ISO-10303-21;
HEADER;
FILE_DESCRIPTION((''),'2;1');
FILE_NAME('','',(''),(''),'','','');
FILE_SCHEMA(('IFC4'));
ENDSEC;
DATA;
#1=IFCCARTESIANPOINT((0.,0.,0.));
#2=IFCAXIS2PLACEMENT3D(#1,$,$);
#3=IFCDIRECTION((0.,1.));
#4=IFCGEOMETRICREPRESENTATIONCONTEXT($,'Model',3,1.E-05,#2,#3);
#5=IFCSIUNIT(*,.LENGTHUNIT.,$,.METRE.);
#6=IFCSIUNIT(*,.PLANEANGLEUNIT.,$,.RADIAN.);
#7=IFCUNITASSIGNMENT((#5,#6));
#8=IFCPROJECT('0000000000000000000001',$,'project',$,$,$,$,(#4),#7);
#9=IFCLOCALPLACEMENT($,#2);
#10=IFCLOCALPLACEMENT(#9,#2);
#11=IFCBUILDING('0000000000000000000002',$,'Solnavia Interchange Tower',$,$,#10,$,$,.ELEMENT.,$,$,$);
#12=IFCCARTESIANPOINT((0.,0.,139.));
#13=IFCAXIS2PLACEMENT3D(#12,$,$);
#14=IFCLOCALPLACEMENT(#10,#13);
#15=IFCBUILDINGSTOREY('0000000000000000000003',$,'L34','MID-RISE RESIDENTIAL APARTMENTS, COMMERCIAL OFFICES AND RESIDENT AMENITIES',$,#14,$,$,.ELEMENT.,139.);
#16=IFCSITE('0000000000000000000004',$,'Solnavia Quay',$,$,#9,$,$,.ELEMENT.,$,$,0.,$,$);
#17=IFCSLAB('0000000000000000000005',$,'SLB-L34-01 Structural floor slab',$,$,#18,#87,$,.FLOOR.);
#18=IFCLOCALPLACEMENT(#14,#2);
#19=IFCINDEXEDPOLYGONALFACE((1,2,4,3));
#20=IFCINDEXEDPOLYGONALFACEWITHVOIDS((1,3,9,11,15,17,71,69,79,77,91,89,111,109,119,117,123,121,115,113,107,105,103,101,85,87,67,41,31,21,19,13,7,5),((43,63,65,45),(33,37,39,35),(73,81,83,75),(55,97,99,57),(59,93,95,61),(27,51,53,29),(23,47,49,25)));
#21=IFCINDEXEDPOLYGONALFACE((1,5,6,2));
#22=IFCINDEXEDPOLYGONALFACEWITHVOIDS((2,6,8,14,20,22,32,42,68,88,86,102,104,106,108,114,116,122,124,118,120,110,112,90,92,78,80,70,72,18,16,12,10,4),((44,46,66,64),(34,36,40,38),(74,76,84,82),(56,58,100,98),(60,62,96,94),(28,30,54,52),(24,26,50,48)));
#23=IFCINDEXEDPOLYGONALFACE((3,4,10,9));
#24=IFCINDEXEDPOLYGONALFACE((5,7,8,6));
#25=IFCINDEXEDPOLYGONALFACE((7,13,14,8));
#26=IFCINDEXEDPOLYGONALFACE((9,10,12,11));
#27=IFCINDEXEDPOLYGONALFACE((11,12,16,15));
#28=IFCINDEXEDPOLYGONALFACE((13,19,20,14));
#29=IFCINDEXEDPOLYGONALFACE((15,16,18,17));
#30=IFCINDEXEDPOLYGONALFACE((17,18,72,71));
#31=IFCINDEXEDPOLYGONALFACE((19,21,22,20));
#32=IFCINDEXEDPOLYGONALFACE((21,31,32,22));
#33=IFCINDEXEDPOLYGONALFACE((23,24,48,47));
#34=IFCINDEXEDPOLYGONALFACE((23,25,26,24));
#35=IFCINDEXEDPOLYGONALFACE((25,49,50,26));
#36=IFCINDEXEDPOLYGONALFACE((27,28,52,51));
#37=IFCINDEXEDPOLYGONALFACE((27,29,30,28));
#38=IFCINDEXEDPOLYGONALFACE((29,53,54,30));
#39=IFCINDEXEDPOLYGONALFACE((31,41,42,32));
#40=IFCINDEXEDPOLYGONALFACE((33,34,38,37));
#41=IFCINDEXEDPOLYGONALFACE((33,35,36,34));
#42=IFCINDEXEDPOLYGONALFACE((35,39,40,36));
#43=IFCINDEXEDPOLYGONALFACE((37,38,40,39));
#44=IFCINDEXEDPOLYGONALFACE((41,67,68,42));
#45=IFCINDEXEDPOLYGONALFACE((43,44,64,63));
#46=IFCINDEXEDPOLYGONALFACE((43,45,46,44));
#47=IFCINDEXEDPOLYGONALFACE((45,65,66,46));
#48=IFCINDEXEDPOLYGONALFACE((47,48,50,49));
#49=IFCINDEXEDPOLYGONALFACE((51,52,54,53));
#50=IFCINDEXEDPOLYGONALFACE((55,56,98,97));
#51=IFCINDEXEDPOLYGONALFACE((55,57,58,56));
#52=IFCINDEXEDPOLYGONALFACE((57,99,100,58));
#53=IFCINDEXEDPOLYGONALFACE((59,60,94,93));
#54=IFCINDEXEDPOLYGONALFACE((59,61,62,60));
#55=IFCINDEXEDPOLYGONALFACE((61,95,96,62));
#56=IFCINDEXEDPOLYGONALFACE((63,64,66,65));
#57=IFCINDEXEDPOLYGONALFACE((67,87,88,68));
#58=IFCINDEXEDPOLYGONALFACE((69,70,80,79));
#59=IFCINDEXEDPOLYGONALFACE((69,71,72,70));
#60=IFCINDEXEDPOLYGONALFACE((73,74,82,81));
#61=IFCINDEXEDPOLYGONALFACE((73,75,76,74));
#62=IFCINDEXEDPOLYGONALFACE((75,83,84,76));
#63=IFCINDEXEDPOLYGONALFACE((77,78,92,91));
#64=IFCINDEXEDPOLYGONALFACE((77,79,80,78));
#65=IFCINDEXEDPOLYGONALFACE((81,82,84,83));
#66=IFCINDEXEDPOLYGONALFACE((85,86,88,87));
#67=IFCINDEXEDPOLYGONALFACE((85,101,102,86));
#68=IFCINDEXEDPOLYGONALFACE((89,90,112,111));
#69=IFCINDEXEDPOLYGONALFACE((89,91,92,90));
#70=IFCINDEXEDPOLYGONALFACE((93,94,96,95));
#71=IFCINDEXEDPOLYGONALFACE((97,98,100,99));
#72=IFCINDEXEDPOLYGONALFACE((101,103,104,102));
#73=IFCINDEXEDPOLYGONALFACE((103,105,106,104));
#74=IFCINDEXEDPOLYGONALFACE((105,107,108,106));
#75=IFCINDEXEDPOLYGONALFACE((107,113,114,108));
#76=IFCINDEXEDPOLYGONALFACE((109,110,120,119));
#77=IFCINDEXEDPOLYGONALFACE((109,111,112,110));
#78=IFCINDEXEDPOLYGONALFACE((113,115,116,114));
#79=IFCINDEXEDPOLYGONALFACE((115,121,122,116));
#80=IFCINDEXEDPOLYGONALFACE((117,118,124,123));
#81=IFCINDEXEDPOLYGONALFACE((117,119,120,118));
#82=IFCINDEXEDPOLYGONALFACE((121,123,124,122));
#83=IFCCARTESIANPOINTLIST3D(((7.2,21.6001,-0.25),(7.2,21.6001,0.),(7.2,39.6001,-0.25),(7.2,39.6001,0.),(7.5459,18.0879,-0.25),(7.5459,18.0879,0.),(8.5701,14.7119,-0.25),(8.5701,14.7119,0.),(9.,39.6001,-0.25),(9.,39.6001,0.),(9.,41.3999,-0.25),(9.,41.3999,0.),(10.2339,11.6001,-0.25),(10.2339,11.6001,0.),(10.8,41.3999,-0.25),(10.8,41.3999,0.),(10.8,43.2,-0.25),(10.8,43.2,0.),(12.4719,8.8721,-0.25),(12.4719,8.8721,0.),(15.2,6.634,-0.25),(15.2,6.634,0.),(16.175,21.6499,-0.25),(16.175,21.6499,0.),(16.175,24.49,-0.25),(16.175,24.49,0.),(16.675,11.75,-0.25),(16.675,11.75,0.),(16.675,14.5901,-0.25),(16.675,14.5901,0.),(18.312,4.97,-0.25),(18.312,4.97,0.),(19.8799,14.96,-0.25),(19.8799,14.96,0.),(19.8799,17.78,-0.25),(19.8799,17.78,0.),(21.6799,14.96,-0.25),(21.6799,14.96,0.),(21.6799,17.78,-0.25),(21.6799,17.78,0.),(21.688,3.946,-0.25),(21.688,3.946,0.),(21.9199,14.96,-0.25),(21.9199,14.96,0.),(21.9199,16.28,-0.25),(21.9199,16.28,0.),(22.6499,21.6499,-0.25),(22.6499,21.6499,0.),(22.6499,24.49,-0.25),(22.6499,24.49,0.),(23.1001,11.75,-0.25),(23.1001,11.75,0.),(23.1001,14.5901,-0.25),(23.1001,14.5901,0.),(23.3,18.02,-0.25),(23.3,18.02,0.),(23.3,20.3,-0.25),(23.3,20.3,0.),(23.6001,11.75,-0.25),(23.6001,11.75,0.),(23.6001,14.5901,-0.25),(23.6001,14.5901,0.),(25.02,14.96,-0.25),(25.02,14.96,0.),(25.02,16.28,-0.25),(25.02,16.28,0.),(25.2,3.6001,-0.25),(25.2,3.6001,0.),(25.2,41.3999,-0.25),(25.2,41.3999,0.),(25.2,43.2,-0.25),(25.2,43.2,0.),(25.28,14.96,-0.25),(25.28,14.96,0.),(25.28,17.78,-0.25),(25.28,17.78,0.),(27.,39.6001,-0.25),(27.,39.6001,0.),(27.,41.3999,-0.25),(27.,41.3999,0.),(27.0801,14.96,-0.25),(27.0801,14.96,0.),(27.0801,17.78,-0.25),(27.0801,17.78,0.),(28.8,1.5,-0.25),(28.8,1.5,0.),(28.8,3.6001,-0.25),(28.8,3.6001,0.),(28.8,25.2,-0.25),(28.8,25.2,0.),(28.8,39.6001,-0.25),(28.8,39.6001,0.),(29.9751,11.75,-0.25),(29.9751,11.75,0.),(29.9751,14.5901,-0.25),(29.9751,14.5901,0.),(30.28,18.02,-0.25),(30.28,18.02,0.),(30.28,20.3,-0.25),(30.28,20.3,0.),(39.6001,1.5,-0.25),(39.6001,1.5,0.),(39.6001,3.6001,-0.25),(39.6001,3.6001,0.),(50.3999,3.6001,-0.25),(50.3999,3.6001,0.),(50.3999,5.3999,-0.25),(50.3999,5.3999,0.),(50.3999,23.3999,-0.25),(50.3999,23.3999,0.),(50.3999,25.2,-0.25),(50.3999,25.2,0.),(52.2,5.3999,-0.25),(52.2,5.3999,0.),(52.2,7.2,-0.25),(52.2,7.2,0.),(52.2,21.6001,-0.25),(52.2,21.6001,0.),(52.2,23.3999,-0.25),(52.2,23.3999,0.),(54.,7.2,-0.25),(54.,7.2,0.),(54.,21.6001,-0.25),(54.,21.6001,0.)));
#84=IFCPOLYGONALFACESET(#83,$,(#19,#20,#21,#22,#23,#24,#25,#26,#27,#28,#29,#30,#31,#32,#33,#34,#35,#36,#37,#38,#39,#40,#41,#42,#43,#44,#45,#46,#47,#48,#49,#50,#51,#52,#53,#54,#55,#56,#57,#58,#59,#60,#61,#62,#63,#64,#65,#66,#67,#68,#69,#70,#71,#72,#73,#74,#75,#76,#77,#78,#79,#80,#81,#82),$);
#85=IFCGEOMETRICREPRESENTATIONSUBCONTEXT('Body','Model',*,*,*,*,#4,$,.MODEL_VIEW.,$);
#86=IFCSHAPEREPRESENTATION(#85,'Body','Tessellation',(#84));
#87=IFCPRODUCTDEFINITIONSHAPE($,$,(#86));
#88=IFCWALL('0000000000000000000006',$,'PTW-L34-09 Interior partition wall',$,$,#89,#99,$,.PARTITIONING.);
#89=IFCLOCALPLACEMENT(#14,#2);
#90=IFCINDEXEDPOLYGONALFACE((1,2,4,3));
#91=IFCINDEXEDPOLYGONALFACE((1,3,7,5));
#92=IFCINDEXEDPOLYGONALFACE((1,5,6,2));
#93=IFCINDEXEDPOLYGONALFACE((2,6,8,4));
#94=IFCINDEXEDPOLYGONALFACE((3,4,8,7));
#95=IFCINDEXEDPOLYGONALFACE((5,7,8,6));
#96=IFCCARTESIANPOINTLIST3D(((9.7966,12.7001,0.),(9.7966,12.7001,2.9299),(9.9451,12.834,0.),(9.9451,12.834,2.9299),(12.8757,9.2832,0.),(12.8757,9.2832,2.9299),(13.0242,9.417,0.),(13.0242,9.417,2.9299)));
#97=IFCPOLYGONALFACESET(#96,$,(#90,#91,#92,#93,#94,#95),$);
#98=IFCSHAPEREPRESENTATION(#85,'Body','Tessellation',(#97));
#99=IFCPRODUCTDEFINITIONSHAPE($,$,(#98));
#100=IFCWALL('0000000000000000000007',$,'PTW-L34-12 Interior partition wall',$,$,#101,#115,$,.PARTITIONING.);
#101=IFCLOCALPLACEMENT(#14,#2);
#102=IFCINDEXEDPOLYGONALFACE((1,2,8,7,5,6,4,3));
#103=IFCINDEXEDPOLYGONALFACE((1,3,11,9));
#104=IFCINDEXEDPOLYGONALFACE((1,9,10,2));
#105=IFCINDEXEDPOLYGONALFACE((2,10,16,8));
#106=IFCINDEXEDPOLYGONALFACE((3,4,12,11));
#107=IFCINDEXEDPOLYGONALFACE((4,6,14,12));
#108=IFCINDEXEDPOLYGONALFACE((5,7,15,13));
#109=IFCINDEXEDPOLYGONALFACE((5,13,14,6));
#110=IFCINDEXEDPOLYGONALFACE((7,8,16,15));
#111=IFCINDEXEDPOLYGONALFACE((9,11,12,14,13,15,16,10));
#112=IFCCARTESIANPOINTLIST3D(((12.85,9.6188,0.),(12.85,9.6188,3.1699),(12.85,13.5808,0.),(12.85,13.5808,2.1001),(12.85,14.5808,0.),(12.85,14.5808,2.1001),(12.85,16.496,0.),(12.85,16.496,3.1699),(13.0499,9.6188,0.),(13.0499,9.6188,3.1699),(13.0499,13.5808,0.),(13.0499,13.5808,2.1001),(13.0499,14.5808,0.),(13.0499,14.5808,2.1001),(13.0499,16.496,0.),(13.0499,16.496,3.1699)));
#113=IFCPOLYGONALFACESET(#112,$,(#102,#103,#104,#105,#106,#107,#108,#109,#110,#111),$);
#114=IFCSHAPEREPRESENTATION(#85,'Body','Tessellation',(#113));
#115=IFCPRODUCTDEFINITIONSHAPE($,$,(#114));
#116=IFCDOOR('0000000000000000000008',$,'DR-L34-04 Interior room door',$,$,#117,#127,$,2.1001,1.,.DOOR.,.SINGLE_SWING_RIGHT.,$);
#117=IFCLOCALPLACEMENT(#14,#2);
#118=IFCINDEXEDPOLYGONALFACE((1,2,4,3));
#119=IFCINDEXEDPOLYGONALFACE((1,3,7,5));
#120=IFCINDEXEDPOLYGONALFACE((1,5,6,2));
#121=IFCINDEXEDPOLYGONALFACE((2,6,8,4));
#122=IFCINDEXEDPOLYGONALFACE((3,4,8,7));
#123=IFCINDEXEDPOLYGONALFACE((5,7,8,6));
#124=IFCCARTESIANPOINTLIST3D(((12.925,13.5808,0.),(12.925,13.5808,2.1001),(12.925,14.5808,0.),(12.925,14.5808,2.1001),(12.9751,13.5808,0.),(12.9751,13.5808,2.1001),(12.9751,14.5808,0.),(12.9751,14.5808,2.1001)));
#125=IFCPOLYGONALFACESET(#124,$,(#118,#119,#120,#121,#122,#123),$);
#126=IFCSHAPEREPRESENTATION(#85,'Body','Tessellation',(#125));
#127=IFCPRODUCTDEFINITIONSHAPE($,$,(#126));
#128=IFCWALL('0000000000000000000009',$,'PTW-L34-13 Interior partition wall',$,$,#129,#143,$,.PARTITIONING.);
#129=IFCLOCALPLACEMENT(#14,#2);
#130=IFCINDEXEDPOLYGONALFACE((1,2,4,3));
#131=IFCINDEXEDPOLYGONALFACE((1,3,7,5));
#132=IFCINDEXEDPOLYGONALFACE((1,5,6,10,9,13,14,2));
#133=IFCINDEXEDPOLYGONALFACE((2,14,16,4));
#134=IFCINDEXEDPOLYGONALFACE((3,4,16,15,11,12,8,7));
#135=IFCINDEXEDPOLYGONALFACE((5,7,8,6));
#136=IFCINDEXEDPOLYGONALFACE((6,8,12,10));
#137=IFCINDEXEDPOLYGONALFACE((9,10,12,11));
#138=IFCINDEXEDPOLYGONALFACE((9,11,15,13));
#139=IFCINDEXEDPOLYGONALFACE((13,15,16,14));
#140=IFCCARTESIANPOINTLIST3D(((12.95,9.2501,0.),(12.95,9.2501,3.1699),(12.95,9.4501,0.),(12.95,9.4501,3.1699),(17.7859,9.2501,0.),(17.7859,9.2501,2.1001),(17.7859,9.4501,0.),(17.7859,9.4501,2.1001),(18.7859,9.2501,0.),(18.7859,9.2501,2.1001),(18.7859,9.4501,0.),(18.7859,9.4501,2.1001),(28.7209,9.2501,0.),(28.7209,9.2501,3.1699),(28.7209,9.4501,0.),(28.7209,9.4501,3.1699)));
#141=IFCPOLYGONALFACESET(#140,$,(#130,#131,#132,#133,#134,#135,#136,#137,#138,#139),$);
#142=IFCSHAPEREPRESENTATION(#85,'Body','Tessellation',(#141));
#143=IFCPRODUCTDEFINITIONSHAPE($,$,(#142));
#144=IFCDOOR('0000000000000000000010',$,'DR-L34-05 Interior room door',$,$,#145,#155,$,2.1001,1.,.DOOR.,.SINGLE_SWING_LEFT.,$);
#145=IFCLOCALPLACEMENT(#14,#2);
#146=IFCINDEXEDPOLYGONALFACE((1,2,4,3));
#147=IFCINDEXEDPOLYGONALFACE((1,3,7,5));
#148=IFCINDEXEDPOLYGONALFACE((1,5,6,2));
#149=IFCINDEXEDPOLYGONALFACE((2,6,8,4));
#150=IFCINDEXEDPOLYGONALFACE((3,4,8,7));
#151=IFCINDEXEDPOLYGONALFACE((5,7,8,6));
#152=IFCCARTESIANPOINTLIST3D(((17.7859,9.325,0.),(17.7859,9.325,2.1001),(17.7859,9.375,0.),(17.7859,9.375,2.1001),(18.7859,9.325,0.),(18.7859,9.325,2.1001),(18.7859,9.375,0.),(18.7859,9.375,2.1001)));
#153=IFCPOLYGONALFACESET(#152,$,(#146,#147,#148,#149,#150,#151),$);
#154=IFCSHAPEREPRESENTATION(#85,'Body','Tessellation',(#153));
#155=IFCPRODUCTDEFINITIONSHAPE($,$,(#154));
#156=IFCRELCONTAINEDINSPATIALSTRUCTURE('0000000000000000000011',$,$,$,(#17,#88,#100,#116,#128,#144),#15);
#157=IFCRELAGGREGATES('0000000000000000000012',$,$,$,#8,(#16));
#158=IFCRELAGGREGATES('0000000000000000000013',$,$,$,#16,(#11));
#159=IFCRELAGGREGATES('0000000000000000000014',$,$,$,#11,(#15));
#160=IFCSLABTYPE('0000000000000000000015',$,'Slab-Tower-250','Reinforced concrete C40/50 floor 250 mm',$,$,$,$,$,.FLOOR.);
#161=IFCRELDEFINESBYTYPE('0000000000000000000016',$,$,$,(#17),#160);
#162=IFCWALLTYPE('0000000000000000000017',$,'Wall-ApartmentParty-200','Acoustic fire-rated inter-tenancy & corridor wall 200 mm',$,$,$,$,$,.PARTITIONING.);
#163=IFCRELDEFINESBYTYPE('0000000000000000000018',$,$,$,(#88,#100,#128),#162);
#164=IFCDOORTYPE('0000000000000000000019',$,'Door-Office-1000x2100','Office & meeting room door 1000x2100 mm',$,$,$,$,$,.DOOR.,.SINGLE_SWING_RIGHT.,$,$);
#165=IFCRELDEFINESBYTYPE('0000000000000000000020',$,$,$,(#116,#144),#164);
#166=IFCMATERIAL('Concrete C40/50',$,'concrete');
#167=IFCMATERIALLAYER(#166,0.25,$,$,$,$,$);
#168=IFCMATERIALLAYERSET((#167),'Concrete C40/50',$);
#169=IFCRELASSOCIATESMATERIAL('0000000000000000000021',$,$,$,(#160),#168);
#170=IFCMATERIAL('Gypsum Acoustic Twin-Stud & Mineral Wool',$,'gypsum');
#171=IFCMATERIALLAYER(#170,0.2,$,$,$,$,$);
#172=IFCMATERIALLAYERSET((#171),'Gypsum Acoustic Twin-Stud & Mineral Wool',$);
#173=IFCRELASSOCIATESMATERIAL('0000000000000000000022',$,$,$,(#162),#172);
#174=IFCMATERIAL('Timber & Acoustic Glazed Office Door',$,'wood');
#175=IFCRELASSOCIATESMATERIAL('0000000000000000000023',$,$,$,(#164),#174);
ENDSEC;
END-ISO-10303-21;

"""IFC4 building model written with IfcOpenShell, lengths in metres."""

from ifc_helpers import new_model, si_unit, direction, frame, frame_2d, origin, place, context, subcontext, project, spatial, polyline, rectangle, outline, extrude, material, layer, layer_set, type_object, element, fill, save


model = new_model("IFC4")

# Units and contexts
model_context = context("Model", 3, precision=1e-05, world=origin(), true_north=direction((0.0, 1.0)))
body_context = subcontext(model_context, "Body", "Model", "MODEL_VIEW")
ifc_project = project(units=[si_unit("LENGTHUNIT", "METRE"), si_unit("PLANEANGLEUNIT", "RADIAN")], contexts=[model_context])

# Site, building, storey
site_placement = place(None, origin())
site = spatial("IfcSite", under=ifc_project, at=site_placement, Name="Solnavia Quay", CompositionType="ELEMENT", RefElevation=0.0)
building_placement = place(site_placement, origin())
building = spatial("IfcBuilding", under=site, at=building_placement, Name="Solnavia Interchange Tower", CompositionType="ELEMENT")
storey_placement = place(building_placement, frame((0.0, 0.0, 139.0)))
storey = spatial("IfcBuildingStorey", under=building, at=storey_placement, Name="L34", Description="MID-RISE RESIDENTIAL APARTMENTS, COMMERCIAL OFFICES AND RESIDENT AMENITIES", CompositionType="ELEMENT", Elevation=139.0)

# Shared definitions
ifc_material_1 = material(Name="Concrete C40/50", Category="concrete")

# Slab
ifc_layer_1 = layer(ifc_material_1, 0.25)
ifc_layer_set_1 = layer_set([ifc_layer_1], Name="Concrete C40/50")
slab_type_1 = type_object("IfcSlabType", Name="Slab-Tower-250", Description="Reinforced concrete C40/50 floor 250 mm", PredefinedType="FLOOR", material=ifc_layer_set_1)
slab_1_placement = place(storey_placement, frame((0.0, 0.0, -0.25)))
element("IfcSlab", 1, at=slab_1_placement, inside=storey, type_object=slab_type_1, Name="SLB-L34-01 Structural floor slab", PredefinedType="FLOOR", context=body_context, shape_type="SweptSolid", body=[
    extrude(outline(polyline([(25.2, 3.6001), (28.8, 3.6001), (28.8, 1.5), (39.6001, 1.5), (39.6001, 3.6001), (50.3999, 3.6001), (50.3999, 5.3999), (52.2, 5.3999), (52.2, 7.2), (54.0, 7.2), (54.0, 21.6001), (52.2, 21.6001), (52.2, 23.3999), (50.3999, 23.3999), (50.3999, 25.2), (28.8, 25.2), (28.8, 39.6001), (27.0, 39.6001), (27.0, 41.3999), (25.2, 41.3999), (25.2, 43.2), (10.8, 43.2), (10.8, 41.3999), (9.0, 41.3999), (9.0, 39.6001), (7.2, 39.6001), (7.2, 21.6001), (7.5459, 18.0879), (8.5701, 14.7119), (10.2339, 11.6001), (12.4719, 8.8721), (15.2, 6.634), (18.312, 4.97), (21.688, 3.946), (25.2, 3.6001)]), holes=[polyline([(16.675, 11.75), (23.1001, 11.75), (23.1001, 14.5901), (16.675, 14.5901), (16.675, 11.75)]), polyline([(23.6001, 11.75), (29.9751, 11.75), (29.9751, 14.5901), (23.6001, 14.5901), (23.6001, 11.75)]), polyline([(16.175, 21.6499), (22.6499, 21.6499), (22.6499, 24.49), (16.175, 24.49), (16.175, 21.6499)]), polyline([(19.8799, 14.96), (21.6799, 14.96), (21.6799, 17.78), (19.8799, 17.78), (19.8799, 14.96)]), polyline([(25.28, 14.96), (27.0801, 14.96), (27.0801, 17.78), (25.28, 17.78), (25.28, 14.96)]), polyline([(21.9199, 14.96), (25.02, 14.96), (25.02, 16.28), (21.9199, 16.28), (21.9199, 14.96)]), polyline([(23.3, 18.02), (30.28, 18.02), (30.28, 20.3), (23.3, 20.3), (23.3, 18.02)])]), origin(), (0.0, 0.0, 1.0), 0.25),
])

# Wall
ifc_material_2 = material(Name="Gypsum Acoustic Twin-Stud & Mineral Wool", Category="gypsum")
ifc_layer_2 = layer(ifc_material_2, 0.2)
ifc_layer_set_2 = layer_set([ifc_layer_2], Name="Gypsum Acoustic Twin-Stud & Mineral Wool")
wall_type_1 = type_object("IfcWallType", Name="Wall-ApartmentParty-200", Description="Acoustic fire-rated inter-tenancy & corridor wall 200 mm", PredefinedType="PARTITIONING", material=ifc_layer_set_2)
wall_1_placement = place(storey_placement, frame((12.95, 9.3501, 0.0), z_axis=(0.0, 0.0, 1.0), x_axis=(-0.669422, 0.742882, 0.0)))
element("IfcWall", 2, at=wall_1_placement, inside=storey, type_object=wall_type_1, Name="PTW-L34-09 Interior partition wall", PredefinedType="PARTITIONING", context=body_context, shape_type="SweptSolid", body=[
    extrude(rectangle(XDim=4.5996, YDim=0.2, at=frame_2d((2.2998, 0.0))), origin(), (0.0, 0.0, 1.0), 2.9299),
])

# Walls, openings, doors
wall_2_placement = place(storey_placement, frame((12.95, 9.6189, 0.0), z_axis=(0.0, 0.0, 1.0), x_axis=(0.0, 1.0, 0.0)))
wall_2 = element("IfcWall", 3, at=wall_2_placement, inside=storey, type_object=wall_type_1, Name="PTW-L34-12 Interior partition wall", PredefinedType="PARTITIONING", context=body_context, shape_type="SweptSolid", body=[
    extrude(rectangle(XDim=6.8772, YDim=0.2, at=frame_2d((3.4385, 0.0))), origin(), (0.0, 0.0, 1.0), 3.1699),
])
opening_1_placement = place(wall_2_placement, frame((3.9619, 0.0, 0.0)))
opening_1 = element("IfcOpeningElement", 4, at=opening_1_placement, cuts=wall_2, PredefinedType="OPENING", context=body_context, shape_type="SweptSolid", body=[
    extrude(rectangle(XDim=1.0, YDim=2.1001, at=frame_2d((0.5, 1.05))), frame((0.0, 0.1099, 0.0), z_axis=(0.0, -1.0, 0.0), x_axis=(1.0, 0.0, 0.0)), (0.0, 0.0, 1.0), 0.22),
])
ifc_material_3 = material(Name="Timber & Acoustic Glazed Office Door", Category="wood")
door_type_1 = type_object("IfcDoorType", Name="Door-Office-1000x2100", Description="Office & meeting room door 1000x2100 mm", OperationType="SINGLE_SWING_RIGHT", PredefinedType="DOOR", material=ifc_material_3)
door_1_placement = place(opening_1_placement, origin())
door_1 = element("IfcDoor", 5, at=door_1_placement, inside=storey, type_object=door_type_1, Name="DR-L34-04 Interior room door", OperationType="SINGLE_SWING_RIGHT", OverallHeight=2.1001, OverallWidth=1.0, PredefinedType="DOOR", context=body_context, shape_type="SweptSolid", body=[
    extrude(rectangle(XDim=1.0, YDim=2.1001, at=frame_2d((0.5, 1.05))), frame((0.0, 0.0249, 0.0), z_axis=(0.0, -1.0, 0.0), x_axis=(1.0, 0.0, 0.0)), (0.0, 0.0, 1.0), 0.05),
])
fill(opening_1, door_1)
wall_3_placement = place(storey_placement, frame((12.95, 9.3501, 0.0), z_axis=(0.0, 0.0, 1.0), x_axis=(1.0, 0.0, 0.0)))
wall_3 = element("IfcWall", 6, at=wall_3_placement, inside=storey, type_object=wall_type_1, Name="PTW-L34-13 Interior partition wall", PredefinedType="PARTITIONING", context=body_context, shape_type="SweptSolid", body=[
    extrude(rectangle(XDim=15.771, YDim=0.2, at=frame_2d((7.8855, 0.0))), origin(), (0.0, 0.0, 1.0), 3.1699),
])
opening_2_placement = place(wall_3_placement, frame((4.8359, 0.0, 0.0)))
opening_2 = element("IfcOpeningElement", 7, at=opening_2_placement, cuts=wall_3, PredefinedType="OPENING", context=body_context, shape_type="SweptSolid", body=[
    extrude(rectangle(XDim=1.0, YDim=2.1001, at=frame_2d((0.5, 1.05))), frame((0.0, 0.1099, 0.0), z_axis=(0.0, -1.0, 0.0), x_axis=(1.0, 0.0, 0.0)), (0.0, 0.0, 1.0), 0.22),
])
door_2_placement = place(opening_2_placement, origin())
door_2 = element("IfcDoor", 8, at=door_2_placement, inside=storey, type_object=door_type_1, Name="DR-L34-05 Interior room door", OperationType="SINGLE_SWING_LEFT", OverallHeight=2.1001, OverallWidth=1.0, PredefinedType="DOOR", context=body_context, shape_type="SweptSolid", body=[
    extrude(rectangle(XDim=1.0, YDim=2.1001, at=frame_2d((0.5, 1.05))), frame((0.0, 0.0249, 0.0), z_axis=(0.0, -1.0, 0.0), x_axis=(1.0, 0.0, 0.0)), (0.0, 0.0, 1.0), 0.05),
])
fill(opening_2, door_2)

save(model, "model.ifc")
